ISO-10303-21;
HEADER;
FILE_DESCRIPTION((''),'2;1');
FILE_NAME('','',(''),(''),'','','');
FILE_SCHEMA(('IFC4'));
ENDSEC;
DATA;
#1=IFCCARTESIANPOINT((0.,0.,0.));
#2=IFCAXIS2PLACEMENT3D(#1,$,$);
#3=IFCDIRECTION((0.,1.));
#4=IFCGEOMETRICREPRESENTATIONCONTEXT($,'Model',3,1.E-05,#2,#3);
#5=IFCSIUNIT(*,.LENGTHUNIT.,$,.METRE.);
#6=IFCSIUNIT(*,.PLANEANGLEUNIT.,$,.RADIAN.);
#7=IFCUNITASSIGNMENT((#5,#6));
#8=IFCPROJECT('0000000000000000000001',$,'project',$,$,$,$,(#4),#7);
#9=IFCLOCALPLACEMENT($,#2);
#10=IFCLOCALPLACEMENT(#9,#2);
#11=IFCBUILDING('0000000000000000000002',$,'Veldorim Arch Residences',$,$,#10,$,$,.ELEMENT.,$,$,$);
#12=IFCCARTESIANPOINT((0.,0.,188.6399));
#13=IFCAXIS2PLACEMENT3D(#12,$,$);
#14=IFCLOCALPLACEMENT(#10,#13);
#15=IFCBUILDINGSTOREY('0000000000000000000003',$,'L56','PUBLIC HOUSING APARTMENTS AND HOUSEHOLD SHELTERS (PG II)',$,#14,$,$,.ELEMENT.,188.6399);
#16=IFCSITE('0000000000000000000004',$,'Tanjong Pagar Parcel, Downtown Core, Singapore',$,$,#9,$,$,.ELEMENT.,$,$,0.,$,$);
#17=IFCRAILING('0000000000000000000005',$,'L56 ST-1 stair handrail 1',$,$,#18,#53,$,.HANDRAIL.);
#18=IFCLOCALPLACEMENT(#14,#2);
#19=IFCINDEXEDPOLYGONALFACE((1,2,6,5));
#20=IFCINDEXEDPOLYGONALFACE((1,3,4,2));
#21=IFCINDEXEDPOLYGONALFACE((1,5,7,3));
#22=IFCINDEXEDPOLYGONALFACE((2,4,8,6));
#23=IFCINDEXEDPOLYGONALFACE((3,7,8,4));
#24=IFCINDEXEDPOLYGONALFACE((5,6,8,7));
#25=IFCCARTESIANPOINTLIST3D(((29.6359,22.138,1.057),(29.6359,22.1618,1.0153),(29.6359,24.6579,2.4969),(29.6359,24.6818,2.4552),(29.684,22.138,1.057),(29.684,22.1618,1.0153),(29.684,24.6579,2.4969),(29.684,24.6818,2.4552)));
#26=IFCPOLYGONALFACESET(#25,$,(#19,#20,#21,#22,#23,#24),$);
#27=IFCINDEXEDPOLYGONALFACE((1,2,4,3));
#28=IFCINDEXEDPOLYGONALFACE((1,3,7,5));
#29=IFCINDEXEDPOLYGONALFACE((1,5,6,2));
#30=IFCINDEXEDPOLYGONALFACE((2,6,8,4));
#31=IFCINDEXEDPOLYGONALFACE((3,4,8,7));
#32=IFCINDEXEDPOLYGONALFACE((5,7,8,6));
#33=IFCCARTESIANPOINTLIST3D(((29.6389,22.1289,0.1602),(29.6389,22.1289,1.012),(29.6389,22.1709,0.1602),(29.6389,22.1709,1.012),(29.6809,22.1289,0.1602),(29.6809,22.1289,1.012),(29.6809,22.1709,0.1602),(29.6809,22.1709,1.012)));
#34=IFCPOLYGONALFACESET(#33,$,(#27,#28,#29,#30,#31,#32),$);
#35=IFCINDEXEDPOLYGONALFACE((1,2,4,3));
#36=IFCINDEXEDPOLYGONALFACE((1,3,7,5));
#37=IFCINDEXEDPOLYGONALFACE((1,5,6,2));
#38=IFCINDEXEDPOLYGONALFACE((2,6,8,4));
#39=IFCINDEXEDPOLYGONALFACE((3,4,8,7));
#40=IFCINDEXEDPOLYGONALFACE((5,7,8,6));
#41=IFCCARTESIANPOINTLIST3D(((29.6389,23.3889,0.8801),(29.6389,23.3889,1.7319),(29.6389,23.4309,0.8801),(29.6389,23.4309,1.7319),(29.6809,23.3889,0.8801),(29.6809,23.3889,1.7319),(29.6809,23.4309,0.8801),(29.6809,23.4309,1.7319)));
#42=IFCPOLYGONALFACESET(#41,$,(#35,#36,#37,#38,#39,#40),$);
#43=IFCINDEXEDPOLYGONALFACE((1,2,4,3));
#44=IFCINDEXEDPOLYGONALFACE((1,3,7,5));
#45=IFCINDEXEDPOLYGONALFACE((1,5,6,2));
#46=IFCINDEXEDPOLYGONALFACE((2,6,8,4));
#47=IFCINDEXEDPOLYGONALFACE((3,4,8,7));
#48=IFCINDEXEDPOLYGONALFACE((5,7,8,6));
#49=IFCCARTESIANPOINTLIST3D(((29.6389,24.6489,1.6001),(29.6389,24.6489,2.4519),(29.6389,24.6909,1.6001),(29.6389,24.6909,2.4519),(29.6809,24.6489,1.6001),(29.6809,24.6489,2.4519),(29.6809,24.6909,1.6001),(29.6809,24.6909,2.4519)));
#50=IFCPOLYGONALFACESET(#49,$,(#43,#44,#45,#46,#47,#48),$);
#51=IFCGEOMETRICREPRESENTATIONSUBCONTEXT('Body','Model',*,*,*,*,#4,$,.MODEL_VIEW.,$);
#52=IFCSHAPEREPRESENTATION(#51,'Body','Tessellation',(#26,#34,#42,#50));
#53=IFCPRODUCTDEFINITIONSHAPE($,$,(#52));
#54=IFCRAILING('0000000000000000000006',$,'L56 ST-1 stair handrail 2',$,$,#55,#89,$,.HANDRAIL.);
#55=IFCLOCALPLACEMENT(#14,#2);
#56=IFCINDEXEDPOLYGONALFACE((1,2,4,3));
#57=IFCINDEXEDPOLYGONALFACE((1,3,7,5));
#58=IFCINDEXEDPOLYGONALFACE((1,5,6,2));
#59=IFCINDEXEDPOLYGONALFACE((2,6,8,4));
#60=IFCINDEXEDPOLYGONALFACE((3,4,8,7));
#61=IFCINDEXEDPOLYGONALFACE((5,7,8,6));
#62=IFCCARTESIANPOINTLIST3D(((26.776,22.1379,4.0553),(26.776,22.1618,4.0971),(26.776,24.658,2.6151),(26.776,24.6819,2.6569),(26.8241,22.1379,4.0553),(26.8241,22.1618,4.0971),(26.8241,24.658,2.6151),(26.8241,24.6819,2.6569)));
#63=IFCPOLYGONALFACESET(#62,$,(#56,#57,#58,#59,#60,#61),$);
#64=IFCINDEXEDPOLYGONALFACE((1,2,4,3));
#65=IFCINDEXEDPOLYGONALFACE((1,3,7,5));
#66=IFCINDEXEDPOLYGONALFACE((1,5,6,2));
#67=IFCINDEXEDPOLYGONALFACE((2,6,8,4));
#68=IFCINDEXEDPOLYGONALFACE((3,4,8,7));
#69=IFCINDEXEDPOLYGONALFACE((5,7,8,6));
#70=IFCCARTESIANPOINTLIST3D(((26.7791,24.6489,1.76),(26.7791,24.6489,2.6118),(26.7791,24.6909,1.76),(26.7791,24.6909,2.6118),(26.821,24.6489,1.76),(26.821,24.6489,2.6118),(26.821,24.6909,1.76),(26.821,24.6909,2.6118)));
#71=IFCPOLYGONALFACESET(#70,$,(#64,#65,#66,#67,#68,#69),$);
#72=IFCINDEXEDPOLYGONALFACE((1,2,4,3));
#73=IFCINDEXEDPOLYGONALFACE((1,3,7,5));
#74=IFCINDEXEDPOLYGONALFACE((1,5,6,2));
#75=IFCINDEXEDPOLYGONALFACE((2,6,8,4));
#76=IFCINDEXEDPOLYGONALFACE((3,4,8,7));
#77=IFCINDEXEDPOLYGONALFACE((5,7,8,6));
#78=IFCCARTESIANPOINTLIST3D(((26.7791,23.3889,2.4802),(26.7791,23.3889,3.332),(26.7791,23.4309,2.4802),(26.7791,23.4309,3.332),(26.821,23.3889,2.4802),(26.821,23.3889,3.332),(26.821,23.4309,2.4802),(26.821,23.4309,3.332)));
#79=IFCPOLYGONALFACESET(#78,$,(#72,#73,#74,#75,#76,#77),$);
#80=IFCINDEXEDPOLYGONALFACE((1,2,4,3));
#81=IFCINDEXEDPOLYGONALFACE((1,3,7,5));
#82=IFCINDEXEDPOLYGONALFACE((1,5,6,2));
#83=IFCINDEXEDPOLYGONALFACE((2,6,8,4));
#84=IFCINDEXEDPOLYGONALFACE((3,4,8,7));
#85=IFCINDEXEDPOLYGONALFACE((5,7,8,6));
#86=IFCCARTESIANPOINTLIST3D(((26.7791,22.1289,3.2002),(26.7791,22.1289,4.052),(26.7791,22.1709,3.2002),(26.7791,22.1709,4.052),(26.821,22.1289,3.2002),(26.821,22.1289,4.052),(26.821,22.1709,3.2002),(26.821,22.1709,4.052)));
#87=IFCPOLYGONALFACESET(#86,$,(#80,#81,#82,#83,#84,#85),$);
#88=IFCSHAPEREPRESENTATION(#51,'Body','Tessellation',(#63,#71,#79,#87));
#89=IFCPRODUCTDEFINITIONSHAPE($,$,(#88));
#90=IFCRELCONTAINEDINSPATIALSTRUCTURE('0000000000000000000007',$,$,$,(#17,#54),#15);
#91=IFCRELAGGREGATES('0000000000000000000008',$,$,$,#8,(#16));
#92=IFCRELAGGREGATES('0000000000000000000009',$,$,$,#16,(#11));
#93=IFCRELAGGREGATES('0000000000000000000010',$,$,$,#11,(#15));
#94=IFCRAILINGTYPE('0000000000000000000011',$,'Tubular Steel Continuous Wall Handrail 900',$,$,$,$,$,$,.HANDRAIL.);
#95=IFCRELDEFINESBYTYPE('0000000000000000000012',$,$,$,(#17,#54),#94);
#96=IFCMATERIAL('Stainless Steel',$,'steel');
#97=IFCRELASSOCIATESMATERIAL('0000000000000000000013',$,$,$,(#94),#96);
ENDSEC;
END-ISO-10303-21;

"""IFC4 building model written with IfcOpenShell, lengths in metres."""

from ifc_helpers import new_model, si_unit, direction, frame, origin, origin_2d, place, context, subcontext, project, spatial, rectangle, extrude, material, type_object, element, save


model = new_model("IFC4")

# Units and contexts
model_context = context("Model", 3, precision=1e-05, world=origin(), true_north=direction((0.0, 1.0)))
body_context = subcontext(model_context, "Body", "Model", "MODEL_VIEW")
ifc_project = project(units=[si_unit("LENGTHUNIT", "METRE"), si_unit("PLANEANGLEUNIT", "RADIAN")], contexts=[model_context])

# Site, building, storey
site_placement = place(None, origin())
site = spatial("IfcSite", under=ifc_project, at=site_placement, Name="Tanjong Pagar Parcel, Downtown Core, Singapore", CompositionType="ELEMENT", RefElevation=0.0)
building_placement = place(site_placement, origin())
building = spatial("IfcBuilding", under=site, at=building_placement, Name="Veldorim Arch Residences", CompositionType="ELEMENT")
storey_placement = place(building_placement, frame((0.0, 0.0, 188.6399)))
storey = spatial("IfcBuildingStorey", under=building, at=storey_placement, Name="L56", Description="PUBLIC HOUSING APARTMENTS AND HOUSEHOLD SHELTERS (PG II)", CompositionType="ELEMENT", Elevation=188.6399)

# Railings
ifc_material_1 = material(Name="Stainless Steel", Category="steel")
railing_type_1 = type_object("IfcRailingType", Name="Tubular Steel Continuous Wall Handrail 900", PredefinedType="HANDRAIL", material=ifc_material_1)
railing_1_placement = place(storey_placement, frame((29.6599, 22.1499, 0.1602)))
element("IfcRailing", 1, at=railing_1_placement, inside=storey, type_object=railing_type_1, Name="L56 ST-1 stair handrail 1", PredefinedType="HANDRAIL", context=body_context, shape_type="SweptSolid", body=[
    extrude(rectangle(XDim=0.0481, YDim=0.0481, at=origin_2d()), frame((0.0, 0.0, 0.876), z_axis=(0.0, 0.868253, 0.496121), x_axis=(-1.0, 0.0, 0.0)), (0.0, 0.0, 1.0), 2.9023),
    extrude(rectangle(XDim=0.042, YDim=0.042, at=origin_2d()), origin(), (0.0, 0.0, 1.0), 0.8518),
    extrude(rectangle(XDim=0.042, YDim=0.042, at=origin_2d()), frame((0.0, 1.26, 0.72)), (0.0, 0.0, 1.0), 0.8518),
    extrude(rectangle(XDim=0.042, YDim=0.042, at=origin_2d()), frame((0.0, 2.52, 1.4399)), (0.0, 0.0, 1.0), 0.8518),
])
railing_2_placement = place(storey_placement, frame((26.8, 24.6699, 1.76)))
element("IfcRailing", 2, at=railing_2_placement, inside=storey, type_object=railing_type_1, Name="L56 ST-1 stair handrail 2", PredefinedType="HANDRAIL", context=body_context, shape_type="SweptSolid", body=[
    extrude(rectangle(XDim=0.0481, YDim=0.0481, at=origin_2d()), frame((0.0, 0.0, 0.876), z_axis=(0.0, -0.868217, 0.496184), x_axis=(1.0, 0.0, 0.0)), (0.0, 0.0, 1.0), 2.9026),
    extrude(rectangle(XDim=0.042, YDim=0.042, at=origin_2d()), origin(), (0.0, 0.0, 1.0), 0.8518),
    extrude(rectangle(XDim=0.042, YDim=0.042, at=origin_2d()), frame((0.0, -1.26, 0.7202)), (0.0, 0.0, 1.0), 0.8518),
    extrude(rectangle(XDim=0.042, YDim=0.042, at=origin_2d()), frame((0.0, -2.52, 1.4402)), (0.0, 0.0, 1.0), 0.8518),
])

save(model, "model.ifc")
